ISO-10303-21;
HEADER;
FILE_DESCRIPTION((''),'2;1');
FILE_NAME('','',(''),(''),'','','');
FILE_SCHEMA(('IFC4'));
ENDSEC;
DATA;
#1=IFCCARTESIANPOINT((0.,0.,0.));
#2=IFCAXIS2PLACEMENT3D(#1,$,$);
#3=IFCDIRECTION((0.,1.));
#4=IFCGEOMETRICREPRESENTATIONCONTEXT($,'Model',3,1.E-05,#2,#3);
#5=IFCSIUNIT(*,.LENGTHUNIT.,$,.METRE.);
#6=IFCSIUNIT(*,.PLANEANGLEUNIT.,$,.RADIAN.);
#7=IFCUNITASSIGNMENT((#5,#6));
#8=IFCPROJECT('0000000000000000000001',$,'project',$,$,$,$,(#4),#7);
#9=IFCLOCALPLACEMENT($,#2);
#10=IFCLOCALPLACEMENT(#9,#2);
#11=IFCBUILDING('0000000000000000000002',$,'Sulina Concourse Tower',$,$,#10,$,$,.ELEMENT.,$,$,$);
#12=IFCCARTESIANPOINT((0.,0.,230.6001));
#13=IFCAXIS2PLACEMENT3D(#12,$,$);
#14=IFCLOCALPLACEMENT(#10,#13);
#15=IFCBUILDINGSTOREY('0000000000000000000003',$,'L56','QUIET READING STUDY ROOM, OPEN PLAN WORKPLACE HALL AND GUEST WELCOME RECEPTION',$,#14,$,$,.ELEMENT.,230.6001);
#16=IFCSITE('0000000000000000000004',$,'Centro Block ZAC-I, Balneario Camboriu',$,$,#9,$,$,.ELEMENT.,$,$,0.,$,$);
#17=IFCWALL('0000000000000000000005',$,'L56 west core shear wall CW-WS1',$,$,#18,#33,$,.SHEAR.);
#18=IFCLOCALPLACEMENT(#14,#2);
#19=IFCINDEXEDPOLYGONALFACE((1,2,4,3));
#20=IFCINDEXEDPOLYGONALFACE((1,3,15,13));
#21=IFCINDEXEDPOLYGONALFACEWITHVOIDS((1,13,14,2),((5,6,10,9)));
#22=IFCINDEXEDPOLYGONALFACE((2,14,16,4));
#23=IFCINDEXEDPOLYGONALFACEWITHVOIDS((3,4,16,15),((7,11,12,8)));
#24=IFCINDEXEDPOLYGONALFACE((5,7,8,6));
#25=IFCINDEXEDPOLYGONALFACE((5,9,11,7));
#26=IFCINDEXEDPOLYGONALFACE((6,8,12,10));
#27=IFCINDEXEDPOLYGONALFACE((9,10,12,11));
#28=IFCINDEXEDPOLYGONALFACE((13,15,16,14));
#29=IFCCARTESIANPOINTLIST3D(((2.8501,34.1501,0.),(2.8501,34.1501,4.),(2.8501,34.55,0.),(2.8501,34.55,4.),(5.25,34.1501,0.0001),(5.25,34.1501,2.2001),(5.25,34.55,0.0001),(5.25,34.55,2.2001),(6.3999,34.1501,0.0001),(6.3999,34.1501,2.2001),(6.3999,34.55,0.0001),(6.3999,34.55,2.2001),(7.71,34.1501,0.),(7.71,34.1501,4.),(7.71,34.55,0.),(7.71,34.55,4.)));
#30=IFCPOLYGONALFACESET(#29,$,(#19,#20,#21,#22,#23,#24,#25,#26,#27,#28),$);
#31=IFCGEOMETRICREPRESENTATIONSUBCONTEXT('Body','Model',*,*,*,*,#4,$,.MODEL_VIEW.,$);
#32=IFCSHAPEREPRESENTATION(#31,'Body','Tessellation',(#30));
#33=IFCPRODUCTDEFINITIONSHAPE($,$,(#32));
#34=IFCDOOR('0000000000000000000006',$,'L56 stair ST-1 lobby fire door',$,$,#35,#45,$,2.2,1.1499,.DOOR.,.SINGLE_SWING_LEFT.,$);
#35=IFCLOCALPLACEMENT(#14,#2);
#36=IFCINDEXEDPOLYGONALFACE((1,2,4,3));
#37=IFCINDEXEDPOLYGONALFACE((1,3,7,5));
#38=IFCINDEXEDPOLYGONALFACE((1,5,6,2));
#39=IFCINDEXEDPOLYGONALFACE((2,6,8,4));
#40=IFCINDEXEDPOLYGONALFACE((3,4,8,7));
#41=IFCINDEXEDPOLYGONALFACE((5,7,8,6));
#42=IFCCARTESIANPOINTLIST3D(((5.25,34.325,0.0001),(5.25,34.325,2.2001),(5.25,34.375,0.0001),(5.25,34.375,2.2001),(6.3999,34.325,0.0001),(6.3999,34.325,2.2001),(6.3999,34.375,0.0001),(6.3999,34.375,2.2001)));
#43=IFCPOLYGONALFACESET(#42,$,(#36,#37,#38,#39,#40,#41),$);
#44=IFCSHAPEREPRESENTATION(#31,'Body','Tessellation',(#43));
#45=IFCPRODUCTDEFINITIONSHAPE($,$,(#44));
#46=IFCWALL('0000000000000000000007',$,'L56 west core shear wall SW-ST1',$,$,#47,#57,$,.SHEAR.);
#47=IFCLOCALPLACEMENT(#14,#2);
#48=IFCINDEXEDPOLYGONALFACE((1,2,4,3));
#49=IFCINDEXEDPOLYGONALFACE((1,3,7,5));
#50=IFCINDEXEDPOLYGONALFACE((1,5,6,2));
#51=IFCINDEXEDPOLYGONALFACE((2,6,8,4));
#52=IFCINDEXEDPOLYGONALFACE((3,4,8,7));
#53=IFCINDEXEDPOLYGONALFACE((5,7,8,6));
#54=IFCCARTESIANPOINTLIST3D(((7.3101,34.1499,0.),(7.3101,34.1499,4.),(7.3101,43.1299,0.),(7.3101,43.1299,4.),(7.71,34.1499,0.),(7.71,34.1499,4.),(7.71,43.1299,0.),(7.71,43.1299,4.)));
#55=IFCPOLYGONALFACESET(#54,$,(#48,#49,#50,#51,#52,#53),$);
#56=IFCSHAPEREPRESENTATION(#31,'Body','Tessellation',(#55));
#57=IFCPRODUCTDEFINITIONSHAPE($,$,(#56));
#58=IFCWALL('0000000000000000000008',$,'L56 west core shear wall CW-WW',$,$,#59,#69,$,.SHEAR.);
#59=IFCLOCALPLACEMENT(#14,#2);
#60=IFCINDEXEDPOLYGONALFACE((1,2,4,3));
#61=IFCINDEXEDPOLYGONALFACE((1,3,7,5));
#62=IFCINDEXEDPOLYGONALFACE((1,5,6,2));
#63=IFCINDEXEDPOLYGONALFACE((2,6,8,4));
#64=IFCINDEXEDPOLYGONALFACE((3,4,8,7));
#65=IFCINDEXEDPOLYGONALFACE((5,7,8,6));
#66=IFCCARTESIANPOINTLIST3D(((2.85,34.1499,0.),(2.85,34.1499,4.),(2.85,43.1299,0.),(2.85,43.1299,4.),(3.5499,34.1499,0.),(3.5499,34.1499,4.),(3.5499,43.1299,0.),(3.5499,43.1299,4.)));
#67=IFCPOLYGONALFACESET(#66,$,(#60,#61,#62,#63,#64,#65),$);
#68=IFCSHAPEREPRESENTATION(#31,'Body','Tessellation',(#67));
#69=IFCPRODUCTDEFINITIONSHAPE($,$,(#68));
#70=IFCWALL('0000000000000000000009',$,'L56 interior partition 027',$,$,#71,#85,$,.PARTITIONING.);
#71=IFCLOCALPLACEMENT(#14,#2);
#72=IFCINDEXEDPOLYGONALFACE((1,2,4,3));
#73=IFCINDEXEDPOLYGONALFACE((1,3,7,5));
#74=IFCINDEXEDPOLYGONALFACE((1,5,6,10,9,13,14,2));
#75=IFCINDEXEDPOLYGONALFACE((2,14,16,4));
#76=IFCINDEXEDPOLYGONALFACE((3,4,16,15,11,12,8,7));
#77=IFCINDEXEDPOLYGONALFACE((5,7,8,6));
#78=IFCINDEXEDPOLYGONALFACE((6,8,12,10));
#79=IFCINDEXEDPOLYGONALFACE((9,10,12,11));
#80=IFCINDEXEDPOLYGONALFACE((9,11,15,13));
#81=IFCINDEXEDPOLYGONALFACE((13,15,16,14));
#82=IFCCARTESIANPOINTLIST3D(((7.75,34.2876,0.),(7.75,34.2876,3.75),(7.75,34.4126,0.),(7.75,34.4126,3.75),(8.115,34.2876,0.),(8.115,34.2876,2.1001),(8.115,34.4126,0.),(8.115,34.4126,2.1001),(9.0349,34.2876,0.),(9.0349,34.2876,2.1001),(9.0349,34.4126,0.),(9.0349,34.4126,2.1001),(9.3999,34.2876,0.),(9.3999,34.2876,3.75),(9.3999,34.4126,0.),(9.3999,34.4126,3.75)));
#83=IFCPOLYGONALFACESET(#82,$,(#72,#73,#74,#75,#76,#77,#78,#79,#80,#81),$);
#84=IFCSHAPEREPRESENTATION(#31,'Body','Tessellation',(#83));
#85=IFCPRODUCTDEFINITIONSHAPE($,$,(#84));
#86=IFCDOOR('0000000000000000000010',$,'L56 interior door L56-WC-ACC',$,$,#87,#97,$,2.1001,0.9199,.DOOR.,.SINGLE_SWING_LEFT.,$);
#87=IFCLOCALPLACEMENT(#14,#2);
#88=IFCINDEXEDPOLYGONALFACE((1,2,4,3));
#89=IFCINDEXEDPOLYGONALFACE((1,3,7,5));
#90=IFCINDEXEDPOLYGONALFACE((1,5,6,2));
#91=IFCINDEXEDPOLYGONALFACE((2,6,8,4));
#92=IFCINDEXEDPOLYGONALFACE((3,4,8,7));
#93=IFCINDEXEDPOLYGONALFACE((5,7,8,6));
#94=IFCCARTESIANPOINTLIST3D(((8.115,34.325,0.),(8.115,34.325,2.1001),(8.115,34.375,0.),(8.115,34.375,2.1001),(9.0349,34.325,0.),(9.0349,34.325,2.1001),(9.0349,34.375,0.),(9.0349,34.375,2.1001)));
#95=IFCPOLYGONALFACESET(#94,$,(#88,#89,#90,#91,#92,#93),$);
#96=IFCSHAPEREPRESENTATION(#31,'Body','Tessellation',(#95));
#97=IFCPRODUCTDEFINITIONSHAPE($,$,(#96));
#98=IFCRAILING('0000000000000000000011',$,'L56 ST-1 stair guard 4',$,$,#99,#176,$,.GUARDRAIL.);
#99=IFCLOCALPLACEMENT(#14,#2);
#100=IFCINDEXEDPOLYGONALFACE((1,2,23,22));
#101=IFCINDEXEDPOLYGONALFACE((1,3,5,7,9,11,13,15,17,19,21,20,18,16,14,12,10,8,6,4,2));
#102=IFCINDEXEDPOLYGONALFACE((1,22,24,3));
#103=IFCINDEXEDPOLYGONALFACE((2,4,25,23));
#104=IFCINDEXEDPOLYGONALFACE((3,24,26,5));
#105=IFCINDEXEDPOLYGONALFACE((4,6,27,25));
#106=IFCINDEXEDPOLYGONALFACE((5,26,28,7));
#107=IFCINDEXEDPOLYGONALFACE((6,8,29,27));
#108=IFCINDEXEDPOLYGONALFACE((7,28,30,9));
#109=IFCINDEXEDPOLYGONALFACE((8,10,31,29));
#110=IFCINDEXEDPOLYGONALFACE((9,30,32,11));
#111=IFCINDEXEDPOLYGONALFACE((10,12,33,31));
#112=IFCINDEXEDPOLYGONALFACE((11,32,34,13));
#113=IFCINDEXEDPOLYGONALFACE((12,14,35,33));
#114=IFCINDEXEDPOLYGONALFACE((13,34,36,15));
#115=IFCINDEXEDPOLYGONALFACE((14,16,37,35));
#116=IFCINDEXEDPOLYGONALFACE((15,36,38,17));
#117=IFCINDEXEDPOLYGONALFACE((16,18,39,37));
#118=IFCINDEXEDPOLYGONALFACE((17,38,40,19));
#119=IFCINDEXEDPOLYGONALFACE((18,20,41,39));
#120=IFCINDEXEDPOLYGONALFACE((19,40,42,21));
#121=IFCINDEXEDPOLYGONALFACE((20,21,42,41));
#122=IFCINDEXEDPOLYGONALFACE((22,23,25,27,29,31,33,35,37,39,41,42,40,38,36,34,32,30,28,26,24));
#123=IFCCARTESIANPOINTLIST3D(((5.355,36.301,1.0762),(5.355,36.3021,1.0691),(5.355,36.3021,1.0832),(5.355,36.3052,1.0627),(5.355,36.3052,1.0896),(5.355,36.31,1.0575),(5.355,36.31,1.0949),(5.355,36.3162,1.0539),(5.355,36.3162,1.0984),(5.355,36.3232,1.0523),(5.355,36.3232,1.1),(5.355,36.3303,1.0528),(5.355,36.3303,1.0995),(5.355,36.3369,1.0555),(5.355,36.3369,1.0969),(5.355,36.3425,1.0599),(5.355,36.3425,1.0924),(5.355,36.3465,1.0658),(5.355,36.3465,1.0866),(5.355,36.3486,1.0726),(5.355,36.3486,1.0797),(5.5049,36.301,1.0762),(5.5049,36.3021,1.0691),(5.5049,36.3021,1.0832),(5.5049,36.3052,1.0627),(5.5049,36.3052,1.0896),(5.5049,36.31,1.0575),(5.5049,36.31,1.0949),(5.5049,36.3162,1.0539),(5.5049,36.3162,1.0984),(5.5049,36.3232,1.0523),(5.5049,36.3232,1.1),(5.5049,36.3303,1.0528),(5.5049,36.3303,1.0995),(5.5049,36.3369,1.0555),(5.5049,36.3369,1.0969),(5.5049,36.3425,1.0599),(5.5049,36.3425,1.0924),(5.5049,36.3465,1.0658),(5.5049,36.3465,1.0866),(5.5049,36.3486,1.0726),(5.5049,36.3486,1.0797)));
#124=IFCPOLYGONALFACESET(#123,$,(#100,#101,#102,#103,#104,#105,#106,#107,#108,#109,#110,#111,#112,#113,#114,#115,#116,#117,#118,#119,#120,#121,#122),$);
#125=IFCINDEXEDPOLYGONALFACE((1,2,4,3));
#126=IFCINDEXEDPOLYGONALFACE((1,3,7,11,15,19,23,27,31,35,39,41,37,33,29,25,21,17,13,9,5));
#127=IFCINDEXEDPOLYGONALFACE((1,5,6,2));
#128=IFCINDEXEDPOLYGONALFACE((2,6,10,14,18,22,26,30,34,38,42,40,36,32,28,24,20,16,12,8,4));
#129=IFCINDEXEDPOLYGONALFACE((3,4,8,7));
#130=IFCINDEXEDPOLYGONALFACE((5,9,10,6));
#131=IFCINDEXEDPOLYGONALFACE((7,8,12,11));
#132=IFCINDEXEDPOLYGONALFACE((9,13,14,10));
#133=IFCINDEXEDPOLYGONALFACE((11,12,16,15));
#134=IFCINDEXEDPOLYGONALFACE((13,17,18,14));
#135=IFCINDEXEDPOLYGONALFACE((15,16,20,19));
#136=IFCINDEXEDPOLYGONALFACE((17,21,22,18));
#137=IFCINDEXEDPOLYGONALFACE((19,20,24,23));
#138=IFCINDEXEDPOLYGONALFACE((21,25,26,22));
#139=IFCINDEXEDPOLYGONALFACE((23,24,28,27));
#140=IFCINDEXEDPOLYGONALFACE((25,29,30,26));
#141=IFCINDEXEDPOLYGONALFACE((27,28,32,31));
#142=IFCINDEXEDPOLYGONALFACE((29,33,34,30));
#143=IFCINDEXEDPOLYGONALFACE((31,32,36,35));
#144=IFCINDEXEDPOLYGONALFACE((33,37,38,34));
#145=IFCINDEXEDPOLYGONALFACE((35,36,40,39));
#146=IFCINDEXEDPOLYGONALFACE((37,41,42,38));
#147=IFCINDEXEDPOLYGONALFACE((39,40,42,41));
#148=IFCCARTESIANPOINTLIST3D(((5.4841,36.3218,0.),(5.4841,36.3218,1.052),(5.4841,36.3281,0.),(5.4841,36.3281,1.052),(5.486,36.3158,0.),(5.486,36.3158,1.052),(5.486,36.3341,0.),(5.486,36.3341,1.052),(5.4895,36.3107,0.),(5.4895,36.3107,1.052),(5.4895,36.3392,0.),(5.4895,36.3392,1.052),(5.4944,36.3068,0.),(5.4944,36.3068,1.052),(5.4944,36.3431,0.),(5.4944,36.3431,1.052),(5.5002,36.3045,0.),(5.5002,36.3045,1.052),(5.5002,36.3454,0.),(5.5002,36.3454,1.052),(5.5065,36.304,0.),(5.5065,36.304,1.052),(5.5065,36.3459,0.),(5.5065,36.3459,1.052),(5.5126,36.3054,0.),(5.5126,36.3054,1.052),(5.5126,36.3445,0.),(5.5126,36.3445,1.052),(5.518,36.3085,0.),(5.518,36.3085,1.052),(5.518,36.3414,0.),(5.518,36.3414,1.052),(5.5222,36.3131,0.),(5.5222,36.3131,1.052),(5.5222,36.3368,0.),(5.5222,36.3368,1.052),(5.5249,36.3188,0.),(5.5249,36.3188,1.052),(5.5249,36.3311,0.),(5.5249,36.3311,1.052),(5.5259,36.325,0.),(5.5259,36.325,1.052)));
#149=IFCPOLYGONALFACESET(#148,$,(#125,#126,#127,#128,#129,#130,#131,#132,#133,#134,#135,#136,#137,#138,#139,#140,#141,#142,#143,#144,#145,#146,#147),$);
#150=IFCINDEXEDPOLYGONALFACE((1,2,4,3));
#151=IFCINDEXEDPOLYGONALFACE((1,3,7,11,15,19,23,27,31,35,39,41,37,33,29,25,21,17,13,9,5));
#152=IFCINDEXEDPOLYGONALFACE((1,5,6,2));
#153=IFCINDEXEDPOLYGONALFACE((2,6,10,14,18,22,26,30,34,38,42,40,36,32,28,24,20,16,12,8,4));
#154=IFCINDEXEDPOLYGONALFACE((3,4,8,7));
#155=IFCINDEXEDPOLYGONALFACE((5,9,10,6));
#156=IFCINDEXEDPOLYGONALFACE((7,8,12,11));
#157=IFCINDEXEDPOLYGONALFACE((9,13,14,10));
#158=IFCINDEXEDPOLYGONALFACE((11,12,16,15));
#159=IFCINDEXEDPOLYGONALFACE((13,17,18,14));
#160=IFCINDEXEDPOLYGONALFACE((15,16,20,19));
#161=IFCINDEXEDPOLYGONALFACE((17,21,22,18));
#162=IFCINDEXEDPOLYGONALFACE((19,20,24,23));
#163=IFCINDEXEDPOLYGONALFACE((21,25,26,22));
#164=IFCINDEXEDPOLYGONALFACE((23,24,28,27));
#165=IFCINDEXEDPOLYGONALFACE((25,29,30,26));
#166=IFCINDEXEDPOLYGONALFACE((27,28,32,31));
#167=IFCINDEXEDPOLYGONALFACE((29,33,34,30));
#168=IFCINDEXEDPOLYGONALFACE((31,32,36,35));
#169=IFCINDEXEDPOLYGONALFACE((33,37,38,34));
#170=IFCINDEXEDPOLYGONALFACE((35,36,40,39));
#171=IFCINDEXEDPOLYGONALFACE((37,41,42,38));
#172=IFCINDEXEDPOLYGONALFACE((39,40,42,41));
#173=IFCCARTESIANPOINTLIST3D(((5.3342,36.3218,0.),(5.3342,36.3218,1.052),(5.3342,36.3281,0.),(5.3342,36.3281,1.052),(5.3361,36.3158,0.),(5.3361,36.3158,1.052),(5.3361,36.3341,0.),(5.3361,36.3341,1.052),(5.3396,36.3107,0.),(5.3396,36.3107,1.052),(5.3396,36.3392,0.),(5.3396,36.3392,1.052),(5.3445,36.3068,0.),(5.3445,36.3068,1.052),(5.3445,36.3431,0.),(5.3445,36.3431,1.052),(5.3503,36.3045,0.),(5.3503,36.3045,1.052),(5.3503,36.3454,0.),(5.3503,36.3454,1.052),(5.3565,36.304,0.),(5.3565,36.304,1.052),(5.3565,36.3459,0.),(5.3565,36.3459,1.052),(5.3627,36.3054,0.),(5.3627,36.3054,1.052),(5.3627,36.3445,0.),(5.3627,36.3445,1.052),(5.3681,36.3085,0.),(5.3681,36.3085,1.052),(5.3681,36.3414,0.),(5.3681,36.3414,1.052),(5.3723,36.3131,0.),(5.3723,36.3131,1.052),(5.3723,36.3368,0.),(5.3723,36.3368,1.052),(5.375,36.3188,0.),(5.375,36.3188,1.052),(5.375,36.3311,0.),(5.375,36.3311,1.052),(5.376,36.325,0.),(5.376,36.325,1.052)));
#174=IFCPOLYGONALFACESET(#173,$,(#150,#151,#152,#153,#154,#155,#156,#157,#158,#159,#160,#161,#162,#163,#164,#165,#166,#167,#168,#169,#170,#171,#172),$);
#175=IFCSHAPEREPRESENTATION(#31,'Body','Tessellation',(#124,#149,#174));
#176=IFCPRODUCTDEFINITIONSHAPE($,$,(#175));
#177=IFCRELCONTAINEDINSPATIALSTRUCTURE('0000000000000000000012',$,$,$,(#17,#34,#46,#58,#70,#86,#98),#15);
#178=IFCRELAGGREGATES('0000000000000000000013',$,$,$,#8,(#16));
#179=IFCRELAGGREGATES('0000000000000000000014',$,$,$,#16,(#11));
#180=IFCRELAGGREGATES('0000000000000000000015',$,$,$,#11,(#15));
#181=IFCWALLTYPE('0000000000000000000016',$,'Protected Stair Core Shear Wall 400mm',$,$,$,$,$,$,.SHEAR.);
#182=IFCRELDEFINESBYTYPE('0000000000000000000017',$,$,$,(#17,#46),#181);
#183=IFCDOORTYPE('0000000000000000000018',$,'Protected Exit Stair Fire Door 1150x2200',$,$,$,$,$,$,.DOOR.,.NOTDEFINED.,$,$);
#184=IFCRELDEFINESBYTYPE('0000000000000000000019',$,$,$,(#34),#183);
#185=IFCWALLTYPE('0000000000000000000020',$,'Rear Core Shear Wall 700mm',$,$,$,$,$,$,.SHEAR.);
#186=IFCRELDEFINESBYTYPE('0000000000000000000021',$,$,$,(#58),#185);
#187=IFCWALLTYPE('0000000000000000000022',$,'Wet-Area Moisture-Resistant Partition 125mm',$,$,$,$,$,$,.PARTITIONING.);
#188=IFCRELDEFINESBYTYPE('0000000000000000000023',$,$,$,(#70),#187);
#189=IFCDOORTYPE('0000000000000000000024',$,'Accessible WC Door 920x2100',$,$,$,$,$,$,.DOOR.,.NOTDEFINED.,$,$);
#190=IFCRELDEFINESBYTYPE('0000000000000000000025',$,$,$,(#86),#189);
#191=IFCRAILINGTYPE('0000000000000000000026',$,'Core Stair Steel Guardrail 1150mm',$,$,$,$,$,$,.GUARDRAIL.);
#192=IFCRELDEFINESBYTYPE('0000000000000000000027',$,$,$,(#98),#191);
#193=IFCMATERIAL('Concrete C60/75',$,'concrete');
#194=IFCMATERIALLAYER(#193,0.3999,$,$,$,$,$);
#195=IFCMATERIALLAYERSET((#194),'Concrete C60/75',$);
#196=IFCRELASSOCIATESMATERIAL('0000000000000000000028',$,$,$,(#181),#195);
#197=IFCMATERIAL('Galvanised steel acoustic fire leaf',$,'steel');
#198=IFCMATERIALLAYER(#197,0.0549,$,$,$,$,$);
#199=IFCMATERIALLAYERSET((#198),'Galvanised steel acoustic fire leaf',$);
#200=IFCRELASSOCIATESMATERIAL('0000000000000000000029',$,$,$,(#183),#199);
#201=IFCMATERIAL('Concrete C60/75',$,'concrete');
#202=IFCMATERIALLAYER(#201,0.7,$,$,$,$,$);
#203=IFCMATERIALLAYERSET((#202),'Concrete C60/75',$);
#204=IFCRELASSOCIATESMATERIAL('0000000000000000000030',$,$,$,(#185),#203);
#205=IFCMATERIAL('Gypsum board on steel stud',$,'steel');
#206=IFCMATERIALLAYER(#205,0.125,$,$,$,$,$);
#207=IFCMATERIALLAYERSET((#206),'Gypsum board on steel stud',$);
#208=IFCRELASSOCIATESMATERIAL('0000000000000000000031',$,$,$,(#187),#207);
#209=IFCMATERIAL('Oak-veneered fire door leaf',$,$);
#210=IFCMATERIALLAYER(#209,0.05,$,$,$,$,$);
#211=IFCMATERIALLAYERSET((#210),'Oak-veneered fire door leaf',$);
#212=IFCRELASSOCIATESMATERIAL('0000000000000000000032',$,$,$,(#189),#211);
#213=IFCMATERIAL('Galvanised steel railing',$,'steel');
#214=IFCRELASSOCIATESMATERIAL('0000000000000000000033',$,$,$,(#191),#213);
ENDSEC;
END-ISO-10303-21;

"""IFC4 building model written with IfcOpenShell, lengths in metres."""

from ifc_helpers import new_model, si_unit, direction, frame, frame_2d, origin, origin_2d, place, context, subcontext, project, spatial, rectangle, circle, extrude, material, layer, layer_set, type_object, element, fill, save


model = new_model("IFC4")

# Units and contexts
model_context = context("Model", 3, precision=1e-05, world=origin(), true_north=direction((0.0, 1.0)))
body_context = subcontext(model_context, "Body", "Model", "MODEL_VIEW")
ifc_project = project(units=[si_unit("LENGTHUNIT", "METRE"), si_unit("PLANEANGLEUNIT", "RADIAN")], contexts=[model_context])

# Site, building, storey
site_placement = place(None, origin())
site = spatial("IfcSite", under=ifc_project, at=site_placement, Name="Centro Block ZAC-I, Balneario Camboriu", CompositionType="ELEMENT", RefElevation=0.0)
building_placement = place(site_placement, origin())
building = spatial("IfcBuilding", under=site, at=building_placement, Name="Sulina Concourse Tower", CompositionType="ELEMENT")
storey_placement = place(building_placement, frame((0.0, 0.0, 230.6001)))
storey = spatial("IfcBuildingStorey", under=building, at=storey_placement, Name="L56", Description="QUIET READING STUDY ROOM, OPEN PLAN WORKPLACE HALL AND GUEST WELCOME RECEPTION", CompositionType="ELEMENT", Elevation=230.6001)

# Wall, opening, door
ifc_material_1 = material(Name="Concrete C60/75", Category="concrete")
ifc_layer_1 = layer(ifc_material_1, 0.3999)
ifc_layer_set_1 = layer_set([ifc_layer_1], Name="Concrete C60/75")
wall_type_1 = type_object("IfcWallType", Name="Protected Stair Core Shear Wall 400mm", PredefinedType="SHEAR", material=ifc_layer_set_1)
wall_1_placement = place(storey_placement, frame((2.8501, 34.3501, 0.0), z_axis=(0.0, 0.0, 1.0), x_axis=(1.0, 0.0, 0.0)))
wall_1 = element("IfcWall", 1, at=wall_1_placement, inside=storey, type_object=wall_type_1, Name="L56 west core shear wall CW-WS1", PredefinedType="SHEAR", context=body_context, shape_type="SweptSolid", body=[
    extrude(rectangle(XDim=4.8599, YDim=0.3999, at=frame_2d((2.4299, 0.0))), origin(), (0.0, 0.0, 1.0), 4.0),
])
opening_1_placement = place(wall_1_placement, frame((2.3999, 0.0, 0.0)))
opening_1 = element("IfcOpeningElement", 2, at=opening_1_placement, cuts=wall_1, PredefinedType="OPENING", context=body_context, shape_type="SweptSolid", body=[
    extrude(rectangle(XDim=1.1499, YDim=2.2, at=frame_2d((0.575, 1.1001))), frame((0.0, 0.21, 0.0), z_axis=(0.0, -1.0, 0.0), x_axis=(1.0, 0.0, 0.0)), (0.0, 0.0, 1.0), 0.4199),
])
ifc_material_2 = material(Name="Galvanised steel acoustic fire leaf", Category="steel")
ifc_layer_2 = layer(ifc_material_2, 0.0549)
ifc_layer_set_2 = layer_set([ifc_layer_2], Name="Galvanised steel acoustic fire leaf")
door_type_1 = type_object("IfcDoorType", Name="Protected Exit Stair Fire Door 1150x2200", OperationType="NOTDEFINED", PredefinedType="DOOR", material=ifc_layer_set_2)
door_1_placement = place(opening_1_placement, origin())
door_1 = element("IfcDoor", 3, at=door_1_placement, inside=storey, type_object=door_type_1, Name="L56 stair ST-1 lobby fire door", OperationType="SINGLE_SWING_LEFT", OverallHeight=2.2, OverallWidth=1.1499, PredefinedType="DOOR", context=body_context, shape_type="SweptSolid", body=[
    extrude(rectangle(XDim=1.1499, YDim=2.2, at=frame_2d((0.575, 1.1001))), frame((0.0, 0.0249, 0.0), z_axis=(0.0, -1.0, 0.0), x_axis=(1.0, 0.0, 0.0)), (0.0, 0.0, 1.0), 0.05),
])
fill(opening_1, door_1)

# Walls
wall_2_placement = place(storey_placement, frame((7.51, 34.1499, 0.0), z_axis=(0.0, 0.0, 1.0), x_axis=(0.0, 1.0, 0.0)))
element("IfcWall", 4, at=wall_2_placement, inside=storey, type_object=wall_type_1, Name="L56 west core shear wall SW-ST1", PredefinedType="SHEAR", context=body_context, shape_type="SweptSolid", body=[
    extrude(rectangle(XDim=8.98, YDim=0.3999, at=frame_2d((4.49, 0.0))), origin(), (0.0, 0.0, 1.0), 4.0),
])
ifc_material_3 = material(Name="Concrete C60/75", Category="concrete")
ifc_layer_3 = layer(ifc_material_3, 0.7)
ifc_layer_set_3 = layer_set([ifc_layer_3], Name="Concrete C60/75")
wall_type_2 = type_object("IfcWallType", Name="Rear Core Shear Wall 700mm", PredefinedType="SHEAR", material=ifc_layer_set_3)
wall_3_placement = place(storey_placement, frame((3.2, 34.1499, 0.0), z_axis=(0.0, 0.0, 1.0), x_axis=(0.0, 1.0, 0.0)))
element("IfcWall", 5, at=wall_3_placement, inside=storey, type_object=wall_type_2, Name="L56 west core shear wall CW-WW", PredefinedType="SHEAR", context=body_context, shape_type="SweptSolid", body=[
    extrude(rectangle(XDim=8.98, YDim=0.7, at=frame_2d((4.49, 0.0))), origin(), (0.0, 0.0, 1.0), 4.0),
])

# Wall, opening, door
ifc_material_4 = material(Name="Gypsum board on steel stud", Category="steel")
ifc_layer_4 = layer(ifc_material_4, 0.125)
ifc_layer_set_4 = layer_set([ifc_layer_4], Name="Gypsum board on steel stud")
wall_type_3 = type_object("IfcWallType", Name="Wet-Area Moisture-Resistant Partition 125mm", PredefinedType="PARTITIONING", material=ifc_layer_set_4)
wall_4_placement = place(storey_placement, frame((7.75, 34.3501, 0.0), z_axis=(0.0, 0.0, 1.0), x_axis=(1.0, 0.0, 0.0)))
wall_4 = element("IfcWall", 6, at=wall_4_placement, inside=storey, type_object=wall_type_3, Name="L56 interior partition 027", PredefinedType="PARTITIONING", context=body_context, shape_type="SweptSolid", body=[
    extrude(rectangle(XDim=1.6499, YDim=0.125, at=frame_2d((0.825, 0.0))), origin(), (0.0, 0.0, 1.0), 3.75),
])
opening_2_placement = place(wall_4_placement, frame((0.365, 0.0, 0.0)))
opening_2 = element("IfcOpeningElement", 7, at=opening_2_placement, cuts=wall_4, PredefinedType="OPENING", context=body_context, shape_type="SweptSolid", body=[
    extrude(rectangle(XDim=0.9199, YDim=2.1001, at=frame_2d((0.46, 1.05))), frame((0.0, 0.0725, 0.0), z_axis=(0.0, -1.0, 0.0), x_axis=(1.0, 0.0, 0.0)), (0.0, 0.0, 1.0), 0.145),
])
ifc_material_5 = material(Name="Oak-veneered fire door leaf")
ifc_layer_5 = layer(ifc_material_5, 0.05)
ifc_layer_set_5 = layer_set([ifc_layer_5], Name="Oak-veneered fire door leaf")
door_type_2 = type_object("IfcDoorType", Name="Accessible WC Door 920x2100", OperationType="NOTDEFINED", PredefinedType="DOOR", material=ifc_layer_set_5)
door_2_placement = place(opening_2_placement, origin())
door_2 = element("IfcDoor", 8, at=door_2_placement, inside=storey, type_object=door_type_2, Name="L56 interior door L56-WC-ACC", OperationType="SINGLE_SWING_LEFT", OverallHeight=2.1001, OverallWidth=0.9199, PredefinedType="DOOR", context=body_context, shape_type="SweptSolid", body=[
    extrude(rectangle(XDim=0.9199, YDim=2.1001, at=frame_2d((0.46, 1.05))), frame((0.0, 0.0249, 0.0), z_axis=(0.0, -1.0, 0.0), x_axis=(1.0, 0.0, 0.0)), (0.0, 0.0, 1.0), 0.05),
])
fill(opening_2, door_2)

# Railing
ifc_material_6 = material(Name="Galvanised steel railing", Category="steel")
railing_type = type_object("IfcRailingType", Name="Core Stair Steel Guardrail 1150mm", PredefinedType="GUARDRAIL", material=ifc_material_6)
railing_placement = place(storey_placement, frame((5.5049, 36.325, 0.0)))
element("IfcRailing", 9, at=railing_placement, inside=storey, type_object=railing_type, Name="L56 ST-1 stair guard 4", PredefinedType="GUARDRAIL", context=body_context, shape_type="SweptSolid", body=[
    extrude(circle(Radius=0.0239, at=origin_2d()), frame((0.0, 0.0, 1.0762), z_axis=(-1.0, 0.0, 0.0), x_axis=(0.0, -1.0, 0.0)), (0.0, 0.0, 1.0), 0.1499),
    extrude(circle(Radius=0.021, at=origin_2d()), origin(), (0.0, 0.0, 1.0), 1.052),
    extrude(circle(Radius=0.021, at=origin_2d()), frame((-0.1499, 0.0, 0.0)), (0.0, 0.0, 1.0), 1.052),
])

save(model, "model.ifc")
